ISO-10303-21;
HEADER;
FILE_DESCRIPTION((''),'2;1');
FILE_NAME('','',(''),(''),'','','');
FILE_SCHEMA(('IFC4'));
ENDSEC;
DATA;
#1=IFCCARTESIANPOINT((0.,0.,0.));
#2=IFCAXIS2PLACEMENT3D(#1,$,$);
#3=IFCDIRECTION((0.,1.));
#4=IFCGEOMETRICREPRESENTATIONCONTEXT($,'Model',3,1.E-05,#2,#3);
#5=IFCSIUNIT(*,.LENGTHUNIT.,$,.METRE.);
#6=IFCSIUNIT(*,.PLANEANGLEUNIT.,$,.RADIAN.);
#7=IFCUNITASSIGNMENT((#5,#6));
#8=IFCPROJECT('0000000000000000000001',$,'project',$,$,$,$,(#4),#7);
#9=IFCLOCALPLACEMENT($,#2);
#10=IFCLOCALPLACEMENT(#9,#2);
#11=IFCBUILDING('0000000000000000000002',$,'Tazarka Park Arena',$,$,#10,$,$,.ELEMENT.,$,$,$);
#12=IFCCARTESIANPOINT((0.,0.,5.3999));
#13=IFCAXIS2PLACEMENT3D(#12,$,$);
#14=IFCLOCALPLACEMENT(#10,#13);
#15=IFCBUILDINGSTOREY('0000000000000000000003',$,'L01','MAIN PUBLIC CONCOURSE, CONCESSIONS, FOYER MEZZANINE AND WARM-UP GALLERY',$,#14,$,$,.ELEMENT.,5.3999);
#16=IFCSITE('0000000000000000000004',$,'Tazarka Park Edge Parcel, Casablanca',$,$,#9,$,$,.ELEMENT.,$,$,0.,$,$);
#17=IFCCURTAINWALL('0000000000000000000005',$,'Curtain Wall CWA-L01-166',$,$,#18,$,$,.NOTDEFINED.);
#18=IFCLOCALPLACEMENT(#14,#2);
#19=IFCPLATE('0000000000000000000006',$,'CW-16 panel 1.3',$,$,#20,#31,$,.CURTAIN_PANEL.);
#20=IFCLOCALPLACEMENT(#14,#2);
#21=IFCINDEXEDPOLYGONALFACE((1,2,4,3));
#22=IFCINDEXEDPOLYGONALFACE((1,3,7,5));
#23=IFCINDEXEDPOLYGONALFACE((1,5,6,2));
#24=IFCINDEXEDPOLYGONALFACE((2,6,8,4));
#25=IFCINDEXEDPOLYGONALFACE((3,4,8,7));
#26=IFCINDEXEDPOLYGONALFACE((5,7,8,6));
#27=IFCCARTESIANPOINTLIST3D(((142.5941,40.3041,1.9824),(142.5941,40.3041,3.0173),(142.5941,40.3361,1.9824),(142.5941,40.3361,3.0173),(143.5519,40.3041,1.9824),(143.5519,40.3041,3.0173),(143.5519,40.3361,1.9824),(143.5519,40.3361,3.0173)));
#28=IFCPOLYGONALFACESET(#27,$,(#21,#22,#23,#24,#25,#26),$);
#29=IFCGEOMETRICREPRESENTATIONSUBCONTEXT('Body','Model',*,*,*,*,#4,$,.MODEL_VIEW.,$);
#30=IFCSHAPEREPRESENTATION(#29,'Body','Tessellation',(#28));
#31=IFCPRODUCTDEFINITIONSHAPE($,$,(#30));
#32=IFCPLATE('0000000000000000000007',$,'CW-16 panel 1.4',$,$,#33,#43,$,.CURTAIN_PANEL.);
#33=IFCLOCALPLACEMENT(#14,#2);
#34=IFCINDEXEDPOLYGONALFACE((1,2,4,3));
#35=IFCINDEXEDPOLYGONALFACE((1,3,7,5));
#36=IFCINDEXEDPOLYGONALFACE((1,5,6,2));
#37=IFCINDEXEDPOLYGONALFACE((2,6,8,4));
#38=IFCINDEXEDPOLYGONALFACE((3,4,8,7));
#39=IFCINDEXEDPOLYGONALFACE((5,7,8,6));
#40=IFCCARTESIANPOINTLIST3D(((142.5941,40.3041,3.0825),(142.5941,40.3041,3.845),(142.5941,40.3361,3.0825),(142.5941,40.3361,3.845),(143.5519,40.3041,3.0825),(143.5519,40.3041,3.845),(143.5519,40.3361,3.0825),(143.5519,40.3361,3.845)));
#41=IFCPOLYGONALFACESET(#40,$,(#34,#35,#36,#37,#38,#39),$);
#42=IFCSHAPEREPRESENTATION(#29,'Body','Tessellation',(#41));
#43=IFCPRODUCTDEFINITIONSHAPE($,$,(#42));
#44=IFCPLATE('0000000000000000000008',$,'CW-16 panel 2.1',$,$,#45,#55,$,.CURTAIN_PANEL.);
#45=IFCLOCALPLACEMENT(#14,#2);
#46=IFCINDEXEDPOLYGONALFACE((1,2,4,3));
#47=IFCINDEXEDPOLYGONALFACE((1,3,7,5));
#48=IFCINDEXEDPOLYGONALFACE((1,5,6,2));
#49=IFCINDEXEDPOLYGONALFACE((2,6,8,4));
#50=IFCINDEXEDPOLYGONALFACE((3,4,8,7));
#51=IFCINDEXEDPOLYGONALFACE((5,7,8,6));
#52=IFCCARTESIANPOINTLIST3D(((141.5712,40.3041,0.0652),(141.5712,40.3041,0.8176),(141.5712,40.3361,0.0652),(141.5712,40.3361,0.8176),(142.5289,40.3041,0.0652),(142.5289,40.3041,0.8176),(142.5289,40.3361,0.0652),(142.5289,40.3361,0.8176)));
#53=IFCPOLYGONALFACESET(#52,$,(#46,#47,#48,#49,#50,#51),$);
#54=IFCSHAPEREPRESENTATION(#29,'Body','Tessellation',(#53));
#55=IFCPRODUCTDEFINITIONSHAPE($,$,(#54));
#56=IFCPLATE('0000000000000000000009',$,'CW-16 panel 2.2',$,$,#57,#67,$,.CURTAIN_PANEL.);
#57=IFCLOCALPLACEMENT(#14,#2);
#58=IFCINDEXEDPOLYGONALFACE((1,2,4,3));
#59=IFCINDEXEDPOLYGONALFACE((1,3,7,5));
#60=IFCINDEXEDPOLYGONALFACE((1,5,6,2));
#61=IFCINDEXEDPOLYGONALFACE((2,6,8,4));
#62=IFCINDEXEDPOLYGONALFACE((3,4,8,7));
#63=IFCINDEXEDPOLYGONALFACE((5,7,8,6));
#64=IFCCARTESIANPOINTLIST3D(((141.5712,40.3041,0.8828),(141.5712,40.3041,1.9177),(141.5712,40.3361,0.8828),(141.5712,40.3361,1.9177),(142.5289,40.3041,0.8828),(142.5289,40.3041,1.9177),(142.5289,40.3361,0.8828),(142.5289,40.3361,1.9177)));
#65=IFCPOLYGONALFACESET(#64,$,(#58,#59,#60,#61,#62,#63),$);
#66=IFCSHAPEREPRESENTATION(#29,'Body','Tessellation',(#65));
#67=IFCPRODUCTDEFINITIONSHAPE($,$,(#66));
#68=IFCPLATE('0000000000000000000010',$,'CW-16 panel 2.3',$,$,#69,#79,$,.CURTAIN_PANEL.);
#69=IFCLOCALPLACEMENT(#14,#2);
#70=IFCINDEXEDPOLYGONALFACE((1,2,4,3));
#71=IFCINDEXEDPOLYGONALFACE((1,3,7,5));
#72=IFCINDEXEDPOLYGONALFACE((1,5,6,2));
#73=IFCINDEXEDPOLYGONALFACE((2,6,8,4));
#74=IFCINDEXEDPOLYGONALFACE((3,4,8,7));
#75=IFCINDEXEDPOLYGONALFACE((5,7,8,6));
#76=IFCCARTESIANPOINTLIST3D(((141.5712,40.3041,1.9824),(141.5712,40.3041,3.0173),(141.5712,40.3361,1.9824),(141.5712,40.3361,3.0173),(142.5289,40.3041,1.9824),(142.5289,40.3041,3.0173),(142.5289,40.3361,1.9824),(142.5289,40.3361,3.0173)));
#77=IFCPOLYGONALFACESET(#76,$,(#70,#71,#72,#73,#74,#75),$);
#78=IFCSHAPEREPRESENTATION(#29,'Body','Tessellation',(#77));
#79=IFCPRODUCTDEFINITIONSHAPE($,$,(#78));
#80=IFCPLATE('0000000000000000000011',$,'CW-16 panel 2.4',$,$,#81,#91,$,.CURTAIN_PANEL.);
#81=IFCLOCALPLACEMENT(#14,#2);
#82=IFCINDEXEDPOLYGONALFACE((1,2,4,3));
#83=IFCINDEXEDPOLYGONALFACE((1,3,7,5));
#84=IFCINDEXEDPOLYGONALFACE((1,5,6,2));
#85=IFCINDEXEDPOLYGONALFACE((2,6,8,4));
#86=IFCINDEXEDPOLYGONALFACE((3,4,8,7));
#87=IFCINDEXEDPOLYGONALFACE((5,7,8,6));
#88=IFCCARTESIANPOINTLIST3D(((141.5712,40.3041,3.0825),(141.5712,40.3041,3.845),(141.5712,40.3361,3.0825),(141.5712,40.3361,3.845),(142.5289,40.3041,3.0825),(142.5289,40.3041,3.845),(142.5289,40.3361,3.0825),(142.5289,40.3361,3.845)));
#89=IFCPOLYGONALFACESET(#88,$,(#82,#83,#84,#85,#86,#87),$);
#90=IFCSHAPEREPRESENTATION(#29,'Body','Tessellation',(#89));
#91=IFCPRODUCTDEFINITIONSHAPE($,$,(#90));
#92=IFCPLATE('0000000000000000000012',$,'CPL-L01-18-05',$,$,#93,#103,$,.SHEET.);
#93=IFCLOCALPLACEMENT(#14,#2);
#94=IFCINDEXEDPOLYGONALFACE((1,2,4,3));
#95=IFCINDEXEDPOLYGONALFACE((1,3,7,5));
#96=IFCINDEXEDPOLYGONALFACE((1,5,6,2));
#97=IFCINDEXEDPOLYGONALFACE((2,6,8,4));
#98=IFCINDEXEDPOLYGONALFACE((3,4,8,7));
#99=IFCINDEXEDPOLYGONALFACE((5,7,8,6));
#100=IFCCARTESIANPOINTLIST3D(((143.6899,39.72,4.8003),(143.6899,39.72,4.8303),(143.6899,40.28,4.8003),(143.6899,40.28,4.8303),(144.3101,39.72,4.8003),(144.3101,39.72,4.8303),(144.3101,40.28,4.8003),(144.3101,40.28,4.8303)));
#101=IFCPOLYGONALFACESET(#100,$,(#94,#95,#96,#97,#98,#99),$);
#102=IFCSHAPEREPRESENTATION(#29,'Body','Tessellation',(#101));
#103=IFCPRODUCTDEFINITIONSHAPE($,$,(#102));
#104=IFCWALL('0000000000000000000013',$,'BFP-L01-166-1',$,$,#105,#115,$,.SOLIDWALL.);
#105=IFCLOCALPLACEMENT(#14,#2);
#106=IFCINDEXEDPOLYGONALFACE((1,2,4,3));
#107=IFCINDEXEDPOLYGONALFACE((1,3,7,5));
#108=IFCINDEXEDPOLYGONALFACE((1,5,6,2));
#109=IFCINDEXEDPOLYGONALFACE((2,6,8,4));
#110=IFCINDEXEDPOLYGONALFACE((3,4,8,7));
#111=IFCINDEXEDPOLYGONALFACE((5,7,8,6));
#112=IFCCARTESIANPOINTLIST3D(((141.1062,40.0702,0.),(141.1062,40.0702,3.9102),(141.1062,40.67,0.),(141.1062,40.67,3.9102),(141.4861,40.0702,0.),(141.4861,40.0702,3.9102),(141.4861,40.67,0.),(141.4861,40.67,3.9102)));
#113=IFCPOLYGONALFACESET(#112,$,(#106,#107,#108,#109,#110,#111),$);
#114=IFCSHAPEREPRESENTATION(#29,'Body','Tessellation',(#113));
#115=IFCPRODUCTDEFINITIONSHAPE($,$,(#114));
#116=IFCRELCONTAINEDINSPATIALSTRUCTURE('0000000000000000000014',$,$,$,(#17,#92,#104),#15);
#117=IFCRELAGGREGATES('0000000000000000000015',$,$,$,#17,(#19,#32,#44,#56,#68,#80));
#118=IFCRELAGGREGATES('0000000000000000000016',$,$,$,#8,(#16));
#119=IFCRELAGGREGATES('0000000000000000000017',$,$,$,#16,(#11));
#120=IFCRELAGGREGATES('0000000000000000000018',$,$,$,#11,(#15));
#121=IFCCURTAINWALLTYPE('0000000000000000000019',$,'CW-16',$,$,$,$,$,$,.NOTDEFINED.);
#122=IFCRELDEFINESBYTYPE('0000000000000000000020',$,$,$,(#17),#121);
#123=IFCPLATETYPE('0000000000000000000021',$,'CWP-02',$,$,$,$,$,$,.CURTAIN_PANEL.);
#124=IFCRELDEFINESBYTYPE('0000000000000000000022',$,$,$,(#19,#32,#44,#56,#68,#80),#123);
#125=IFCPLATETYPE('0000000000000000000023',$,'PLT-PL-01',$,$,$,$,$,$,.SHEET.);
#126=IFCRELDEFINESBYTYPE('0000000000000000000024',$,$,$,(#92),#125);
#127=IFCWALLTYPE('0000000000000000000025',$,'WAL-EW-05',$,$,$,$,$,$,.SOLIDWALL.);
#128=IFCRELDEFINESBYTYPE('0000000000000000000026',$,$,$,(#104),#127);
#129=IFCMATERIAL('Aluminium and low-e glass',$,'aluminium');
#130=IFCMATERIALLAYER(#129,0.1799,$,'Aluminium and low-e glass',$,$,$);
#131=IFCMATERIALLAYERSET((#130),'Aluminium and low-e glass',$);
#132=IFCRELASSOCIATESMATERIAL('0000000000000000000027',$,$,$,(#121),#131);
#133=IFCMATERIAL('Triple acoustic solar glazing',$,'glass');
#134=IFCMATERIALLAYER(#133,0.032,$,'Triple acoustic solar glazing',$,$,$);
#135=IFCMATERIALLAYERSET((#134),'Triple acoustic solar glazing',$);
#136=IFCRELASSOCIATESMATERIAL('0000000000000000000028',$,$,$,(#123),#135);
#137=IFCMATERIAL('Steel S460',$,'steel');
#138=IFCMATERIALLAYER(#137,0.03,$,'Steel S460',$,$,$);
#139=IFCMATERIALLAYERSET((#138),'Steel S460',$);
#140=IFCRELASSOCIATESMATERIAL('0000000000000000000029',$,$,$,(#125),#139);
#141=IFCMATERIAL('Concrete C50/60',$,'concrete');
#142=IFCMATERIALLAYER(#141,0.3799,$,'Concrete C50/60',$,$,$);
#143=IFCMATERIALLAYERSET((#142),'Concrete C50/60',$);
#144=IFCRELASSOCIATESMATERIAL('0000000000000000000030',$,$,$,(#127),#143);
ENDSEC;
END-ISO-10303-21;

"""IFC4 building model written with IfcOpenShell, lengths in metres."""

from ifc_helpers import new_model, si_unit, direction, frame, frame_2d, origin, origin_2d, place, context, subcontext, project, spatial, rectangle, extrude, material, layer, layer_set, type_object, element, aggregate, save


model = new_model("IFC4")

# Units and contexts
model_context = context("Model", 3, precision=1e-05, world=origin(), true_north=direction((0.0, 1.0)))
body_context = subcontext(model_context, "Body", "Model", "MODEL_VIEW")
ifc_project = project(units=[si_unit("LENGTHUNIT", "METRE"), si_unit("PLANEANGLEUNIT", "RADIAN")], contexts=[model_context])

# Site, building, storey
site_placement = place(None, origin())
site = spatial("IfcSite", under=ifc_project, at=site_placement, Name="Tazarka Park Edge Parcel, Casablanca", CompositionType="ELEMENT", RefElevation=0.0)
building_placement = place(site_placement, origin())
building = spatial("IfcBuilding", under=site, at=building_placement, Name="Tazarka Park Arena", CompositionType="ELEMENT")
storey_placement = place(building_placement, frame((0.0, 0.0, 5.3999)))
storey = spatial("IfcBuildingStorey", under=building, at=storey_placement, Name="L01", Description="MAIN PUBLIC CONCOURSE, CONCESSIONS, FOYER MEZZANINE AND WARM-UP GALLERY", CompositionType="ELEMENT", Elevation=5.3999)

# Curtain wall, plates
ifc_material_1 = material(Name="Aluminium and low-e glass", Category="aluminium")
ifc_layer_1 = layer(ifc_material_1, 0.1799, Name="Aluminium and low-e glass")
ifc_layer_set_1 = layer_set([ifc_layer_1], Name="Aluminium and low-e glass")
curtain_wall_type_1 = type_object("IfcCurtainWallType", Name="CW-16", PredefinedType="NOTDEFINED", material=ifc_layer_set_1)
curtain_wall_1_placement = place(storey_placement, origin())
curtain_wall_1 = element("IfcCurtainWall", 1, at=curtain_wall_1_placement, inside=storey, type_object=curtain_wall_type_1, Name="Curtain Wall CWA-L01-166", PredefinedType="NOTDEFINED")
ifc_material_2 = material(Name="Triple acoustic solar glazing", Category="glass")
ifc_layer_2 = layer(ifc_material_2, 0.032, Name="Triple acoustic solar glazing")
ifc_layer_set_2 = layer_set([ifc_layer_2], Name="Triple acoustic solar glazing")
plate_type_1 = type_object("IfcPlateType", Name="CWP-02", PredefinedType="CURTAIN_PANEL", material=ifc_layer_set_2)
plate_1_placement = place(storey_placement, frame((143.073, 40.3201, 1.9824), z_axis=(0.0, 0.0, 1.0), x_axis=(-1.0, 0.0, 0.0)))
plate_1 = element("IfcPlate", 2, at=plate_1_placement, type_object=plate_type_1, Name="CW-16 panel 1.3", PredefinedType="CURTAIN_PANEL", context=body_context, shape_type="SweptSolid", body=[
    extrude(rectangle(XDim=0.9578, YDim=0.032, at=origin_2d()), origin(), (0.0, 0.0, 1.0), 1.0349),
])
plate_2_placement = place(storey_placement, frame((143.073, 40.3201, 3.0825), z_axis=(0.0, 0.0, 1.0), x_axis=(-1.0, 0.0, 0.0)))
plate_2 = element("IfcPlate", 3, at=plate_2_placement, type_object=plate_type_1, Name="CW-16 panel 1.4", PredefinedType="CURTAIN_PANEL", context=body_context, shape_type="SweptSolid", body=[
    extrude(rectangle(XDim=0.9578, YDim=0.032, at=origin_2d()), origin(), (0.0, 0.0, 1.0), 0.7625),
])
plate_3_placement = place(storey_placement, frame((142.05, 40.3201, 0.0652), z_axis=(0.0, 0.0, 1.0), x_axis=(-1.0, 0.0, 0.0)))
plate_3 = element("IfcPlate", 4, at=plate_3_placement, type_object=plate_type_1, Name="CW-16 panel 2.1", PredefinedType="CURTAIN_PANEL", context=body_context, shape_type="SweptSolid", body=[
    extrude(rectangle(XDim=0.9578, YDim=0.032, at=origin_2d()), origin(), (0.0, 0.0, 1.0), 0.7524),
])
plate_4_placement = place(storey_placement, frame((142.05, 40.3201, 0.8828), z_axis=(0.0, 0.0, 1.0), x_axis=(-1.0, 0.0, 0.0)))
plate_4 = element("IfcPlate", 5, at=plate_4_placement, type_object=plate_type_1, Name="CW-16 panel 2.2", PredefinedType="CURTAIN_PANEL", context=body_context, shape_type="SweptSolid", body=[
    extrude(rectangle(XDim=0.9578, YDim=0.032, at=origin_2d()), origin(), (0.0, 0.0, 1.0), 1.0349),
])
plate_5_placement = place(storey_placement, frame((142.05, 40.3201, 1.9824), z_axis=(0.0, 0.0, 1.0), x_axis=(-1.0, 0.0, 0.0)))
plate_5 = element("IfcPlate", 6, at=plate_5_placement, type_object=plate_type_1, Name="CW-16 panel 2.3", PredefinedType="CURTAIN_PANEL", context=body_context, shape_type="SweptSolid", body=[
    extrude(rectangle(XDim=0.9578, YDim=0.032, at=origin_2d()), origin(), (0.0, 0.0, 1.0), 1.0349),
])
plate_6_placement = place(storey_placement, frame((142.05, 40.3201, 3.0825), z_axis=(0.0, 0.0, 1.0), x_axis=(-1.0, 0.0, 0.0)))
plate_6 = element("IfcPlate", 7, at=plate_6_placement, type_object=plate_type_1, Name="CW-16 panel 2.4", PredefinedType="CURTAIN_PANEL", context=body_context, shape_type="SweptSolid", body=[
    extrude(rectangle(XDim=0.9578, YDim=0.032, at=origin_2d()), origin(), (0.0, 0.0, 1.0), 0.7625),
])
aggregate(curtain_wall_1, [plate_1, plate_2, plate_3, plate_4, plate_5, plate_6])

# Plate
ifc_material_3 = material(Name="Steel S460", Category="steel")
ifc_layer_3 = layer(ifc_material_3, 0.03, Name="Steel S460")
ifc_layer_set_3 = layer_set([ifc_layer_3], Name="Steel S460")
plate_type_2 = type_object("IfcPlateType", Name="PLT-PL-01", PredefinedType="SHEET", material=ifc_layer_set_3)
plate_7_placement = place(storey_placement, frame((144.0, 40.0, 4.8003), z_axis=(0.0, 0.0, 1.0), x_axis=(1.0, 0.0, 0.0)))
element("IfcPlate", 8, at=plate_7_placement, inside=storey, type_object=plate_type_2, Name="CPL-L01-18-05", PredefinedType="SHEET", context=body_context, shape_type="SweptSolid", body=[
    extrude(rectangle(XDim=0.6201, YDim=0.5601, at=origin_2d()), origin(), (0.0, 0.0, 1.0), 0.03),
])

# Wall
ifc_material_4 = material(Name="Concrete C50/60", Category="concrete")
ifc_layer_4 = layer(ifc_material_4, 0.3799, Name="Concrete C50/60")
ifc_layer_set_4 = layer_set([ifc_layer_4], Name="Concrete C50/60")
wall_type = type_object("IfcWallType", Name="WAL-EW-05", PredefinedType="SOLIDWALL", material=ifc_layer_set_4)
wall_placement = place(storey_placement, frame((141.2961, 40.6699, 0.0), z_axis=(0.0, 0.0, 1.0), x_axis=(0.0, -1.0, 0.0)))
element("IfcWall", 9, at=wall_placement, inside=storey, type_object=wall_type, Name="BFP-L01-166-1", PredefinedType="SOLIDWALL", context=body_context, shape_type="SweptSolid", body=[
    extrude(rectangle(XDim=0.5999, YDim=0.3799, at=frame_2d((0.2998, 0.0))), origin(), (0.0, 0.0, 1.0), 3.9102),
])

save(model, "model.ifc")
